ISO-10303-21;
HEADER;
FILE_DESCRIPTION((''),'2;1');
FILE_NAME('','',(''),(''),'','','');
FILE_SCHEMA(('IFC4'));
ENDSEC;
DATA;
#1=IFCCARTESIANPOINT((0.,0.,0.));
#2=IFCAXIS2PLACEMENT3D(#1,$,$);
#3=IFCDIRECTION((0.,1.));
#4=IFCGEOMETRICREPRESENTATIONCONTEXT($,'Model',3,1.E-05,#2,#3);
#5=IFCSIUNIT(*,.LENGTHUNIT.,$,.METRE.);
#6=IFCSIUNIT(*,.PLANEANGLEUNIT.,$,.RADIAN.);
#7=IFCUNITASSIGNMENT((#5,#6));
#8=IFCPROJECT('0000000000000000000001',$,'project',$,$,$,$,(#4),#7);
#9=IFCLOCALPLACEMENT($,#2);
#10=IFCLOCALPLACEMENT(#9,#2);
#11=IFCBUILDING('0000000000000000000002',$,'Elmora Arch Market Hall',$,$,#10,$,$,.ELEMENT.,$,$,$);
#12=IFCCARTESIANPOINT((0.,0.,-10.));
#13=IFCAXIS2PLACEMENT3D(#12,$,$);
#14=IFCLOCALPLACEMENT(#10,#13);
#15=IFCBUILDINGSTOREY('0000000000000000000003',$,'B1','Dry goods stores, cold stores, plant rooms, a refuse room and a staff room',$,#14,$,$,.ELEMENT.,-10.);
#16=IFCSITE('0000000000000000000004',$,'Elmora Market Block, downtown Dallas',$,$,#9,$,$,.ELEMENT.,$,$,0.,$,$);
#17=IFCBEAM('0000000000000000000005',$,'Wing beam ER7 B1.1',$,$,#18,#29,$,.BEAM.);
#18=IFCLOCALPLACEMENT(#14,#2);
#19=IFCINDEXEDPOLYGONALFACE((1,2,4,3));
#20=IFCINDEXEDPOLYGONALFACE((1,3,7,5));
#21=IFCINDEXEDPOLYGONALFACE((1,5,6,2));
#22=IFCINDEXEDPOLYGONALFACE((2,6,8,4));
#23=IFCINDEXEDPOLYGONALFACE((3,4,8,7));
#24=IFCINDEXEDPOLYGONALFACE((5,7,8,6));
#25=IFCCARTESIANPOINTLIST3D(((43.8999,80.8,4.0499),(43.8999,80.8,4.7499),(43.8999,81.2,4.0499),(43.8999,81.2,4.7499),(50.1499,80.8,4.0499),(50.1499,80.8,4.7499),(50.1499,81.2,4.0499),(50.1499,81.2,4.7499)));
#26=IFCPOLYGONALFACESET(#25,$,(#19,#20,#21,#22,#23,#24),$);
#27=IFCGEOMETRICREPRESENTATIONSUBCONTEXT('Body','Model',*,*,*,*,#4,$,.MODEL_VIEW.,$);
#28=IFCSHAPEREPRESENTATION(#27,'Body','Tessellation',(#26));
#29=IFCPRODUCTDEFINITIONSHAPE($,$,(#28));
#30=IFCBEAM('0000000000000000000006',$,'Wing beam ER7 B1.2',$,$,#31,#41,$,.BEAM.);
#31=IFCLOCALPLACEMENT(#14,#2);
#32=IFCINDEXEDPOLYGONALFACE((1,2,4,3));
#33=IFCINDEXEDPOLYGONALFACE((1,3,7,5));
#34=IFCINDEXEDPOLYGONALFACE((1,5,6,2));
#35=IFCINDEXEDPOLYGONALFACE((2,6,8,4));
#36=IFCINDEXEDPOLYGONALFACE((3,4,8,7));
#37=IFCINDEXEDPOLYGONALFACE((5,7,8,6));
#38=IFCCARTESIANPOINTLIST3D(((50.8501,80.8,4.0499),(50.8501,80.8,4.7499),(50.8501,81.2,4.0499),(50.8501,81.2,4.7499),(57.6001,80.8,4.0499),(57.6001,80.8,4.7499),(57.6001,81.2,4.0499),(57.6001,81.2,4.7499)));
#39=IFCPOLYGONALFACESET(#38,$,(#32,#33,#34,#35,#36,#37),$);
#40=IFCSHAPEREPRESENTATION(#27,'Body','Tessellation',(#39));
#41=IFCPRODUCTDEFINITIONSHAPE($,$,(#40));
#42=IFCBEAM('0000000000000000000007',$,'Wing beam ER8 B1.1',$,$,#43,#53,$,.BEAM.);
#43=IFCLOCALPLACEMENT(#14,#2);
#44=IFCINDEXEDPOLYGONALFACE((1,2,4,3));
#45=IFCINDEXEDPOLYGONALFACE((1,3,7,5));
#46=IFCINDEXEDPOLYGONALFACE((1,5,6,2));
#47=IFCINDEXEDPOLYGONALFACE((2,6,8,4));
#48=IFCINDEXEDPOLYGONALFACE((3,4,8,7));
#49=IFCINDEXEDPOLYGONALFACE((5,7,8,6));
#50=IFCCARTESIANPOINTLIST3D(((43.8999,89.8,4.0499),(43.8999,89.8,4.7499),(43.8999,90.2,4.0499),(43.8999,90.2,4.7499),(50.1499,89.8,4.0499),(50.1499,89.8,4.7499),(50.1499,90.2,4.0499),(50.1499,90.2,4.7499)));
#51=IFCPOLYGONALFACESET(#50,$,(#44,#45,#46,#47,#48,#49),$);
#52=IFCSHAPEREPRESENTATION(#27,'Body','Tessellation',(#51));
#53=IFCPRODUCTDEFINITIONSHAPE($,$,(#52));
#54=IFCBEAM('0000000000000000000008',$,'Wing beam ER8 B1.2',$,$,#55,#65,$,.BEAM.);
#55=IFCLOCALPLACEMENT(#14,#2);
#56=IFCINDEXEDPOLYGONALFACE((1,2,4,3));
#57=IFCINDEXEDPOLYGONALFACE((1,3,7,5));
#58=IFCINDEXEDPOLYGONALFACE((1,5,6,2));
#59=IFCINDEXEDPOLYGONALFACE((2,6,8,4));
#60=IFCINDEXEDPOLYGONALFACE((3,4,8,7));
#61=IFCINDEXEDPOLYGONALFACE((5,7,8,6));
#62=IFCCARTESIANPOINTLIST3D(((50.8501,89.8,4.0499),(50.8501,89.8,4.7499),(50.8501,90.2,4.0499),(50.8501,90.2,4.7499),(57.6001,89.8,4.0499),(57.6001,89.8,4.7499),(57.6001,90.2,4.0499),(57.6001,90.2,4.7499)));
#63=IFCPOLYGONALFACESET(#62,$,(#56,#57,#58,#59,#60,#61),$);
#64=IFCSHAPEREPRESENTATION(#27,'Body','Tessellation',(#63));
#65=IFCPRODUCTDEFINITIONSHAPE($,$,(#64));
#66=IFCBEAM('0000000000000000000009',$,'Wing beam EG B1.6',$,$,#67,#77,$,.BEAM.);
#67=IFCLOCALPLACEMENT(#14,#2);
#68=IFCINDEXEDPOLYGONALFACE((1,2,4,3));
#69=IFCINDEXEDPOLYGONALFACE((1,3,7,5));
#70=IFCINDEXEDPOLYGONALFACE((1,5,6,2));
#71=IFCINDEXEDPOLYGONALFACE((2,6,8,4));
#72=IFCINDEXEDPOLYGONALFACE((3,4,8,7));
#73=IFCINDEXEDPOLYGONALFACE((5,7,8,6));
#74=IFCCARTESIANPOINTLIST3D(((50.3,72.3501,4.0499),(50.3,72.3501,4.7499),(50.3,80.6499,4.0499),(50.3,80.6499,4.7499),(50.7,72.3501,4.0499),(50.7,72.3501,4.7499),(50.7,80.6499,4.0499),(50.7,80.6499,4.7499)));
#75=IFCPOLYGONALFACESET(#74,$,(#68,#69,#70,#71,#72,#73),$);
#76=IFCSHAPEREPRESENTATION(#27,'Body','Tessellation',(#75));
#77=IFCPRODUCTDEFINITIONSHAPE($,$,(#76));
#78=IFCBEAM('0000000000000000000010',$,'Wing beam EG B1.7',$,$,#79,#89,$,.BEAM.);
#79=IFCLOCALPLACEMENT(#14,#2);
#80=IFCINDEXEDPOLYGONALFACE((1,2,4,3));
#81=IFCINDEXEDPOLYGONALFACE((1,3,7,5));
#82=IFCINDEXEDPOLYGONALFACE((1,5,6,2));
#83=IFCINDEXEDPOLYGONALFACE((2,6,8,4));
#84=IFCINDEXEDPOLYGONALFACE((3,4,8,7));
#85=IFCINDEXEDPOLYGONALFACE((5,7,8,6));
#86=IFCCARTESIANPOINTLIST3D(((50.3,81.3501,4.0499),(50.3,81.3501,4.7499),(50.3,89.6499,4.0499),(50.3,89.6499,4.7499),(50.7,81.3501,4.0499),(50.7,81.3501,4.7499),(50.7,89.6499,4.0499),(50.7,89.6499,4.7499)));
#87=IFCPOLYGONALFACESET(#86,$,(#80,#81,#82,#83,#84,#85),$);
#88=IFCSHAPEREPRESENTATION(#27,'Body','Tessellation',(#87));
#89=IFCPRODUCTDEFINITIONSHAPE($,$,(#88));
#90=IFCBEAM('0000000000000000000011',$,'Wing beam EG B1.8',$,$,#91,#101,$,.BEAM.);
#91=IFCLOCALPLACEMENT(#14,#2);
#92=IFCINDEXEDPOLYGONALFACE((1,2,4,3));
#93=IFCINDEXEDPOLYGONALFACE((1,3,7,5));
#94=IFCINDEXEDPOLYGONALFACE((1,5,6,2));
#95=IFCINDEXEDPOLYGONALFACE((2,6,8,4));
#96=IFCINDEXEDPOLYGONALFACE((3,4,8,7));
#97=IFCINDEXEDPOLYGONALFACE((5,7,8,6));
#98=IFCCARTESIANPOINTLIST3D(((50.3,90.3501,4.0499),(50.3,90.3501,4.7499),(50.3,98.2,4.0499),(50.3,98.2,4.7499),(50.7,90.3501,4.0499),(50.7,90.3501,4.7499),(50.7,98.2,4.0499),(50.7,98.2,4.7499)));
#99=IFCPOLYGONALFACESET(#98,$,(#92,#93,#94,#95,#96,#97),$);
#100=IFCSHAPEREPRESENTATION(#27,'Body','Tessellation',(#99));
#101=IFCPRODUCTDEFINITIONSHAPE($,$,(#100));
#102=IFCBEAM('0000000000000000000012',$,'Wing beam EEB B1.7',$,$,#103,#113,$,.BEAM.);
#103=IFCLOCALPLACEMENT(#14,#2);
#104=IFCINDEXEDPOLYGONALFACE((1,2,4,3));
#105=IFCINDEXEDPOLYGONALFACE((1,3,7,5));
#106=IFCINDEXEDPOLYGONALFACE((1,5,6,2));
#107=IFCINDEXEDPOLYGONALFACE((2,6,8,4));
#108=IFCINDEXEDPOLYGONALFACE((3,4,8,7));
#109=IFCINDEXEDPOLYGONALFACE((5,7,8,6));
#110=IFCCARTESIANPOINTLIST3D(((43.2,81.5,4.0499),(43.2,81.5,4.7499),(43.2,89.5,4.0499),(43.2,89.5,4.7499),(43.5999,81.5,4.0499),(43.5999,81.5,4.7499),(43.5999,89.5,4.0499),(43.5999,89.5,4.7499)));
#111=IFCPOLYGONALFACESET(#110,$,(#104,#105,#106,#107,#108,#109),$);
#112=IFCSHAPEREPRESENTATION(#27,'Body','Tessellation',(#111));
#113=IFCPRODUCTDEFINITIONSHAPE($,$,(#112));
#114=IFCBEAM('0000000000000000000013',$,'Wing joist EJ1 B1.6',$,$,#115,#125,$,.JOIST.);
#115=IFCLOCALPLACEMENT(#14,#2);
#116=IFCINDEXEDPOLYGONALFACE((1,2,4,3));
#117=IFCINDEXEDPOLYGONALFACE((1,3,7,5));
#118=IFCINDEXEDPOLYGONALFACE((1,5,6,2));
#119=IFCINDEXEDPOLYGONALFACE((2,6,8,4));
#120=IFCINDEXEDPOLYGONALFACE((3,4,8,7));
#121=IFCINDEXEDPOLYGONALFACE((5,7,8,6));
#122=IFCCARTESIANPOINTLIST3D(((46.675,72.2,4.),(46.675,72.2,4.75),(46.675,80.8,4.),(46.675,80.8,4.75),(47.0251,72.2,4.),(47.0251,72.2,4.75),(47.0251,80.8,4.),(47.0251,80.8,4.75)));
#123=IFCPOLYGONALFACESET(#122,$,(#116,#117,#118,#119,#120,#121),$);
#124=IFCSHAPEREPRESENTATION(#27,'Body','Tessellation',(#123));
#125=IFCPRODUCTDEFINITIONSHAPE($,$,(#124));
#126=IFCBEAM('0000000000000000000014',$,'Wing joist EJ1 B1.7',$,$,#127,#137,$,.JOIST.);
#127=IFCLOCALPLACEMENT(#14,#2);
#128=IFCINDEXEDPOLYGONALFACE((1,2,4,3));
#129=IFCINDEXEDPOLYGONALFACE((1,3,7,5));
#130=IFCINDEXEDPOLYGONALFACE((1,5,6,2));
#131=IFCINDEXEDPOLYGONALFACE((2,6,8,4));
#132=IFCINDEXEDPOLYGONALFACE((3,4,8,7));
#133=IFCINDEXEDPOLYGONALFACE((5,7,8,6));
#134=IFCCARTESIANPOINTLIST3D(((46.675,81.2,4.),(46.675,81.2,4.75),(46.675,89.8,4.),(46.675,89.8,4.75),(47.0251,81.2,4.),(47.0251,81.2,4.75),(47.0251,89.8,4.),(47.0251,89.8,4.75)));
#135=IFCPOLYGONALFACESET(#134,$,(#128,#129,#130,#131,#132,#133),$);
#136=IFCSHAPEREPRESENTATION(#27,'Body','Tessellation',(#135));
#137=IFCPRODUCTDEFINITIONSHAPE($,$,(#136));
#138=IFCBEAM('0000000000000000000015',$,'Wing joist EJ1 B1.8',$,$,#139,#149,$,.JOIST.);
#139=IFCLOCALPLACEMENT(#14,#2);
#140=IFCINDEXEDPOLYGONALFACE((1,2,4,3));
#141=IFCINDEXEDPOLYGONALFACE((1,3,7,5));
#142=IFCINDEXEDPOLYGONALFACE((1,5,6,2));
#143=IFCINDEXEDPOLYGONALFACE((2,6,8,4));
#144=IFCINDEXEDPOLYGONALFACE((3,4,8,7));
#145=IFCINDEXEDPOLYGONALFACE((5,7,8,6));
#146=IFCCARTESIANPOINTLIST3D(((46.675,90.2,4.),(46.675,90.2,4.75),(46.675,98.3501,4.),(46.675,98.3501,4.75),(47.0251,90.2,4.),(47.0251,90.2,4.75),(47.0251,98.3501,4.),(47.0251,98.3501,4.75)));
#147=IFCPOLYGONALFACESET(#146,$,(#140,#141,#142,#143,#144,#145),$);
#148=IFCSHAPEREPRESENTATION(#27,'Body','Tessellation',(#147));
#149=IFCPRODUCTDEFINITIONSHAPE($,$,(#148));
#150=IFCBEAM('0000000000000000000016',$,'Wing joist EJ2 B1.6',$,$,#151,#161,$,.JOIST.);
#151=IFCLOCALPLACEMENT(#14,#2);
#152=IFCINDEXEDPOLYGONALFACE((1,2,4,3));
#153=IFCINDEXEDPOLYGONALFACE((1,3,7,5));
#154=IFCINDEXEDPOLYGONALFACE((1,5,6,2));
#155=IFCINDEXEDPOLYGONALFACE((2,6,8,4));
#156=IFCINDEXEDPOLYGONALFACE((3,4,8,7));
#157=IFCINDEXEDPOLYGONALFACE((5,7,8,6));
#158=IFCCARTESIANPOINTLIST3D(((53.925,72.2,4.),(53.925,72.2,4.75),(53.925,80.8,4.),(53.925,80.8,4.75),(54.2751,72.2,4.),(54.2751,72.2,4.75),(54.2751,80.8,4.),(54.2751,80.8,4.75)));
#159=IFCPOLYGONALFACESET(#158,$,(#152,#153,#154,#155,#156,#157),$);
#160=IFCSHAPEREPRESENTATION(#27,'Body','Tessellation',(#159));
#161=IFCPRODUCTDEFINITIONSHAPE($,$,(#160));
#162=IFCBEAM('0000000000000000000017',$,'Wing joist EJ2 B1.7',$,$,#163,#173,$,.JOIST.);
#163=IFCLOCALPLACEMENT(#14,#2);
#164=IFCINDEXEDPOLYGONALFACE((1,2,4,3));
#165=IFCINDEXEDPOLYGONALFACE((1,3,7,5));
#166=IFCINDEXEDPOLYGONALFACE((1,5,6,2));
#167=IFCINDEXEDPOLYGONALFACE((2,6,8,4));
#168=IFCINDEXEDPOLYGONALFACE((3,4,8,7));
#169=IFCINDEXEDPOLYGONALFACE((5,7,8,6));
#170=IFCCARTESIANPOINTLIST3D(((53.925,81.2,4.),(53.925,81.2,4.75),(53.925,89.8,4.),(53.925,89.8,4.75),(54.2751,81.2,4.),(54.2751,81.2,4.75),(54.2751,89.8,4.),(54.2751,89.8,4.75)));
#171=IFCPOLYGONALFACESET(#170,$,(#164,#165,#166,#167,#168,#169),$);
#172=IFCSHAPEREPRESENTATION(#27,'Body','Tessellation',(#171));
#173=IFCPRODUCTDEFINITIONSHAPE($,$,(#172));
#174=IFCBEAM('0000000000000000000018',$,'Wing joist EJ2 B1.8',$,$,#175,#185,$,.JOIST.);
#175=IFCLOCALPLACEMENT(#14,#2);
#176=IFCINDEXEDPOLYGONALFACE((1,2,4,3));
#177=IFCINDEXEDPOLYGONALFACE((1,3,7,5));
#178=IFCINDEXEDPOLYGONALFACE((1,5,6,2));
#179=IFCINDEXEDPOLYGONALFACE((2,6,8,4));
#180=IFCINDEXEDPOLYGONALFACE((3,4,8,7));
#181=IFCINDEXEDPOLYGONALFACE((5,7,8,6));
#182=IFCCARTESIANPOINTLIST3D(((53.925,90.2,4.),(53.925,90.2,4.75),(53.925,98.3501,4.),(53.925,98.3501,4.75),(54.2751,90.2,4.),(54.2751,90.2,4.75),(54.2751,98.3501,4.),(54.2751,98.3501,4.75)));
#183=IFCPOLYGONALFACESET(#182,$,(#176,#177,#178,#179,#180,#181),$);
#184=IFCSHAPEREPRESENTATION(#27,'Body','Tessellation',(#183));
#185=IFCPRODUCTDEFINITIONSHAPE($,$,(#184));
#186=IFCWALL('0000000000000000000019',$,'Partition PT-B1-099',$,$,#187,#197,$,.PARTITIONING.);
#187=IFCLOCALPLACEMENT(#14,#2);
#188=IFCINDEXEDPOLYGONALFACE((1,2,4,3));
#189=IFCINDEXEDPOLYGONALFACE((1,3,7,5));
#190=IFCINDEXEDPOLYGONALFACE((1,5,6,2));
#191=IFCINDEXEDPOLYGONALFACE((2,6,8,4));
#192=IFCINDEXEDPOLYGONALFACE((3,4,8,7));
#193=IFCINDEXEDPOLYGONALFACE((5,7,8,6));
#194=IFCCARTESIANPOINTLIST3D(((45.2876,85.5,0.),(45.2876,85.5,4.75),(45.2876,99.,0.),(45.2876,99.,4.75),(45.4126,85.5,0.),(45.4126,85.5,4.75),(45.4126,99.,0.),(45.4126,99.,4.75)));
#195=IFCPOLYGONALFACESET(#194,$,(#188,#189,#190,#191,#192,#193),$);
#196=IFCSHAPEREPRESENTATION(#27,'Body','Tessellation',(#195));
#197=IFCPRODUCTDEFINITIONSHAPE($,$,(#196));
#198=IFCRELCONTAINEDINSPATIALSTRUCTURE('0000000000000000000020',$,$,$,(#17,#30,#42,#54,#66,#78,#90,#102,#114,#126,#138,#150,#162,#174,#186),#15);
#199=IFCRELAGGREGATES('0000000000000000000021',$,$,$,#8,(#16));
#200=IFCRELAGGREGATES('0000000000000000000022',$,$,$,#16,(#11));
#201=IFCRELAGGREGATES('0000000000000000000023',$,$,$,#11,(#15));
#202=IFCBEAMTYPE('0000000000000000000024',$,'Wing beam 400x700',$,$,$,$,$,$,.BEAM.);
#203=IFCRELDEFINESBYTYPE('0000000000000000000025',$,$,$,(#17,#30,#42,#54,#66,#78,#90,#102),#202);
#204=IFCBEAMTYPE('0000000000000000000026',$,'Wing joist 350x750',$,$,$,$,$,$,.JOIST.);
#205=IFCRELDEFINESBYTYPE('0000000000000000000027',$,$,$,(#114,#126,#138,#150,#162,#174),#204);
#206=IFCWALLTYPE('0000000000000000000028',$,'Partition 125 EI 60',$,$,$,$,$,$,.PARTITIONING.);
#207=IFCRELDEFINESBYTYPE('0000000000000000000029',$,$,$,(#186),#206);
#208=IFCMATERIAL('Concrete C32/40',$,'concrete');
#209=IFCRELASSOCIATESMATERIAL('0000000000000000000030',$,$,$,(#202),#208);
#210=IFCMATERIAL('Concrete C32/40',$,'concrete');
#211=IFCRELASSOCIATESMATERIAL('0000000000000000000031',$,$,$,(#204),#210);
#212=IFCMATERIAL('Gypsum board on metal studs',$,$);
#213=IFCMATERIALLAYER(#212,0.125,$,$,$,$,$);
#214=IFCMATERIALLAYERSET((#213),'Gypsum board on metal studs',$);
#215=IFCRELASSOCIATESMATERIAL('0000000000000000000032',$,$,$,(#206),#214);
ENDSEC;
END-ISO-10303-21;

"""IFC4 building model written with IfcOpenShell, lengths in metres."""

from ifc_helpers import new_model, si_unit, direction, frame, frame_2d, origin, origin_2d, place, context, subcontext, project, spatial, rectangle, extrude, material, layer, layer_set, material_profile, profile_set, type_object, element, save


model = new_model("IFC4")

# Units and contexts
model_context = context("Model", 3, precision=1e-05, world=origin(), true_north=direction((0.0, 1.0)))
body_context = subcontext(model_context, "Body", "Model", "MODEL_VIEW")
ifc_project = project(units=[si_unit("LENGTHUNIT", "METRE"), si_unit("PLANEANGLEUNIT", "RADIAN")], contexts=[model_context])

# Site, building, storey
site_placement = place(None, origin())
site = spatial("IfcSite", under=ifc_project, at=site_placement, Name="Elmora Market Block, downtown Dallas", CompositionType="ELEMENT", RefElevation=0.0)
building_placement = place(site_placement, origin())
building = spatial("IfcBuilding", under=site, at=building_placement, Name="Elmora Arch Market Hall", CompositionType="ELEMENT")
storey_placement = place(building_placement, frame((0.0, 0.0, -10.0)))
storey = spatial("IfcBuildingStorey", under=building, at=storey_placement, Name="B1", Description="Dry goods stores, cold stores, plant rooms, a refuse room and a staff room", CompositionType="ELEMENT", Elevation=-10.0)

# Beams
ifc_material_1 = material(Name="Concrete C32/40", Category="concrete")
ifc_material_profile_1 = material_profile(ifc_material_1, rectangle(XDim=0.3999, YDim=0.7, at=origin_2d()), Name="Wing beam 400x700")
ifc_profile_set_1 = profile_set([ifc_material_profile_1], Name="Concrete C32/40")
beam_type_1 = type_object("IfcBeamType", Name="Wing beam 400x700", PredefinedType="BEAM", material=ifc_profile_set_1)
beam_1_placement = place(storey_placement, frame((43.8999, 81.0, 4.3999), z_axis=(1.0, 0.0, 0.0), x_axis=(0.0, 1.0, 0.0)))
element("IfcBeam", 1, at=beam_1_placement, inside=storey, type_object=beam_type_1, Name="Wing beam ER7 B1.1", PredefinedType="BEAM", context=body_context, shape_type="SweptSolid", body=[
    extrude(rectangle(XDim=0.3999, YDim=0.7, at=origin_2d()), origin(), (0.0, 0.0, 1.0), 6.25),
])
beam_2_placement = place(storey_placement, frame((50.8501, 81.0, 4.3999), z_axis=(1.0, 0.0, 0.0), x_axis=(0.0, 1.0, 0.0)))
element("IfcBeam", 2, at=beam_2_placement, inside=storey, type_object=beam_type_1, Name="Wing beam ER7 B1.2", PredefinedType="BEAM", context=body_context, shape_type="SweptSolid", body=[
    extrude(rectangle(XDim=0.3999, YDim=0.7, at=origin_2d()), origin(), (0.0, 0.0, 1.0), 6.75),
])
beam_3_placement = place(storey_placement, frame((43.8999, 90.0, 4.3999), z_axis=(1.0, 0.0, 0.0), x_axis=(0.0, 1.0, 0.0)))
element("IfcBeam", 3, at=beam_3_placement, inside=storey, type_object=beam_type_1, Name="Wing beam ER8 B1.1", PredefinedType="BEAM", context=body_context, shape_type="SweptSolid", body=[
    extrude(rectangle(XDim=0.3999, YDim=0.7, at=origin_2d()), origin(), (0.0, 0.0, 1.0), 6.25),
])
beam_4_placement = place(storey_placement, frame((50.8501, 90.0, 4.3999), z_axis=(1.0, 0.0, 0.0), x_axis=(0.0, 1.0, 0.0)))
element("IfcBeam", 4, at=beam_4_placement, inside=storey, type_object=beam_type_1, Name="Wing beam ER8 B1.2", PredefinedType="BEAM", context=body_context, shape_type="SweptSolid", body=[
    extrude(rectangle(XDim=0.3999, YDim=0.7, at=origin_2d()), origin(), (0.0, 0.0, 1.0), 6.75),
])
for number, where, z_axis, x_axis, name in (
    (5, (50.5, 72.3501, 4.3999), (0.0, 1.0, 0.0), (-1.0, 0.0, 0.0), "Wing beam EG B1.6"),
    (6, (50.5, 81.3501, 4.3999), (0.0, 1.0, 0.0), (-1.0, 0.0, 0.0), "Wing beam EG B1.7"),
):
    element("IfcBeam", number, at=place(storey_placement, frame(where, z_axis=z_axis, x_axis=x_axis)), inside=storey, type_object=beam_type_1, Name=name, PredefinedType="BEAM", context=body_context, shape_type="SweptSolid", body=[
        extrude(rectangle(XDim=0.3999, YDim=0.7, at=origin_2d()), origin(), (0.0, 0.0, 1.0), 8.2998),
    ])
beam_5_placement = place(storey_placement, frame((50.5, 90.3501, 4.3999), z_axis=(0.0, 1.0, 0.0), x_axis=(-1.0, 0.0, 0.0)))
element("IfcBeam", 7, at=beam_5_placement, inside=storey, type_object=beam_type_1, Name="Wing beam EG B1.8", PredefinedType="BEAM", context=body_context, shape_type="SweptSolid", body=[
    extrude(rectangle(XDim=0.3999, YDim=0.7, at=origin_2d()), origin(), (0.0, 0.0, 1.0), 7.8499),
])
beam_6_placement = place(storey_placement, frame((43.3999, 81.5, 4.3999), z_axis=(0.0, 1.0, 0.0), x_axis=(-1.0, 0.0, 0.0)))
element("IfcBeam", 8, at=beam_6_placement, inside=storey, type_object=beam_type_1, Name="Wing beam EEB B1.7", PredefinedType="BEAM", context=body_context, shape_type="SweptSolid", body=[
    extrude(rectangle(XDim=0.3999, YDim=0.7, at=origin_2d()), origin(), (0.0, 0.0, 1.0), 8.0),
])
ifc_material_2 = material(Name="Concrete C32/40", Category="concrete")
ifc_material_profile_2 = material_profile(ifc_material_2, rectangle(XDim=0.3501, YDim=0.75, at=origin_2d()), Name="Wing joist 350x750")
ifc_profile_set_2 = profile_set([ifc_material_profile_2], Name="Concrete C32/40")
beam_type_2 = type_object("IfcBeamType", Name="Wing joist 350x750", PredefinedType="JOIST", material=ifc_profile_set_2)
for number, where, z_axis, x_axis, name in (
    (9, (46.8501, 72.2, 4.375), (0.0, 1.0, 0.0), (-1.0, 0.0, 0.0), "Wing joist EJ1 B1.6"),
    (10, (46.8501, 81.2, 4.375), (0.0, 1.0, 0.0), (-1.0, 0.0, 0.0), "Wing joist EJ1 B1.7"),
):
    element("IfcBeam", number, at=place(storey_placement, frame(where, z_axis=z_axis, x_axis=x_axis)), inside=storey, type_object=beam_type_2, Name=name, PredefinedType="JOIST", context=body_context, shape_type="SweptSolid", body=[
        extrude(rectangle(XDim=0.3501, YDim=0.75, at=origin_2d()), origin(), (0.0, 0.0, 1.0), 8.6001),
    ])
beam_7_placement = place(storey_placement, frame((46.8501, 90.2, 4.375), z_axis=(0.0, 1.0, 0.0), x_axis=(-1.0, 0.0, 0.0)))
element("IfcBeam", 11, at=beam_7_placement, inside=storey, type_object=beam_type_2, Name="Wing joist EJ1 B1.8", PredefinedType="JOIST", context=body_context, shape_type="SweptSolid", body=[
    extrude(rectangle(XDim=0.3501, YDim=0.75, at=origin_2d()), origin(), (0.0, 0.0, 1.0), 8.1501),
])
for number, where, z_axis, x_axis, name in (
    (12, (54.1001, 72.2, 4.375), (0.0, 1.0, 0.0), (-1.0, 0.0, 0.0), "Wing joist EJ2 B1.6"),
    (13, (54.1001, 81.2, 4.375), (0.0, 1.0, 0.0), (-1.0, 0.0, 0.0), "Wing joist EJ2 B1.7"),
):
    element("IfcBeam", number, at=place(storey_placement, frame(where, z_axis=z_axis, x_axis=x_axis)), inside=storey, type_object=beam_type_2, Name=name, PredefinedType="JOIST", context=body_context, shape_type="SweptSolid", body=[
        extrude(rectangle(XDim=0.3501, YDim=0.75, at=origin_2d()), origin(), (0.0, 0.0, 1.0), 8.6001),
    ])
beam_8_placement = place(storey_placement, frame((54.1001, 90.2, 4.375), z_axis=(0.0, 1.0, 0.0), x_axis=(-1.0, 0.0, 0.0)))
element("IfcBeam", 14, at=beam_8_placement, inside=storey, type_object=beam_type_2, Name="Wing joist EJ2 B1.8", PredefinedType="JOIST", context=body_context, shape_type="SweptSolid", body=[
    extrude(rectangle(XDim=0.3501, YDim=0.75, at=origin_2d()), origin(), (0.0, 0.0, 1.0), 8.1501),
])

# Wall
ifc_material_3 = material(Name="Gypsum board on metal studs")
ifc_layer = layer(ifc_material_3, 0.125)
ifc_layer_set = layer_set([ifc_layer], Name="Gypsum board on metal studs")
wall_type = type_object("IfcWallType", Name="Partition 125 EI 60", PredefinedType="PARTITIONING", material=ifc_layer_set)
wall_placement = place(storey_placement, frame((45.3501, 85.5, 0.0), z_axis=(0.0, 0.0, 1.0), x_axis=(0.0, 1.0, 0.0)))
element("IfcWall", 15, at=wall_placement, inside=storey, type_object=wall_type, Name="Partition PT-B1-099", PredefinedType="PARTITIONING", context=body_context, shape_type="SweptSolid", body=[
    extrude(rectangle(XDim=13.5, YDim=0.125, at=frame_2d((6.75, 0.0))), origin(), (0.0, 0.0, 1.0), 4.75),
])

save(model, "model.ifc")
